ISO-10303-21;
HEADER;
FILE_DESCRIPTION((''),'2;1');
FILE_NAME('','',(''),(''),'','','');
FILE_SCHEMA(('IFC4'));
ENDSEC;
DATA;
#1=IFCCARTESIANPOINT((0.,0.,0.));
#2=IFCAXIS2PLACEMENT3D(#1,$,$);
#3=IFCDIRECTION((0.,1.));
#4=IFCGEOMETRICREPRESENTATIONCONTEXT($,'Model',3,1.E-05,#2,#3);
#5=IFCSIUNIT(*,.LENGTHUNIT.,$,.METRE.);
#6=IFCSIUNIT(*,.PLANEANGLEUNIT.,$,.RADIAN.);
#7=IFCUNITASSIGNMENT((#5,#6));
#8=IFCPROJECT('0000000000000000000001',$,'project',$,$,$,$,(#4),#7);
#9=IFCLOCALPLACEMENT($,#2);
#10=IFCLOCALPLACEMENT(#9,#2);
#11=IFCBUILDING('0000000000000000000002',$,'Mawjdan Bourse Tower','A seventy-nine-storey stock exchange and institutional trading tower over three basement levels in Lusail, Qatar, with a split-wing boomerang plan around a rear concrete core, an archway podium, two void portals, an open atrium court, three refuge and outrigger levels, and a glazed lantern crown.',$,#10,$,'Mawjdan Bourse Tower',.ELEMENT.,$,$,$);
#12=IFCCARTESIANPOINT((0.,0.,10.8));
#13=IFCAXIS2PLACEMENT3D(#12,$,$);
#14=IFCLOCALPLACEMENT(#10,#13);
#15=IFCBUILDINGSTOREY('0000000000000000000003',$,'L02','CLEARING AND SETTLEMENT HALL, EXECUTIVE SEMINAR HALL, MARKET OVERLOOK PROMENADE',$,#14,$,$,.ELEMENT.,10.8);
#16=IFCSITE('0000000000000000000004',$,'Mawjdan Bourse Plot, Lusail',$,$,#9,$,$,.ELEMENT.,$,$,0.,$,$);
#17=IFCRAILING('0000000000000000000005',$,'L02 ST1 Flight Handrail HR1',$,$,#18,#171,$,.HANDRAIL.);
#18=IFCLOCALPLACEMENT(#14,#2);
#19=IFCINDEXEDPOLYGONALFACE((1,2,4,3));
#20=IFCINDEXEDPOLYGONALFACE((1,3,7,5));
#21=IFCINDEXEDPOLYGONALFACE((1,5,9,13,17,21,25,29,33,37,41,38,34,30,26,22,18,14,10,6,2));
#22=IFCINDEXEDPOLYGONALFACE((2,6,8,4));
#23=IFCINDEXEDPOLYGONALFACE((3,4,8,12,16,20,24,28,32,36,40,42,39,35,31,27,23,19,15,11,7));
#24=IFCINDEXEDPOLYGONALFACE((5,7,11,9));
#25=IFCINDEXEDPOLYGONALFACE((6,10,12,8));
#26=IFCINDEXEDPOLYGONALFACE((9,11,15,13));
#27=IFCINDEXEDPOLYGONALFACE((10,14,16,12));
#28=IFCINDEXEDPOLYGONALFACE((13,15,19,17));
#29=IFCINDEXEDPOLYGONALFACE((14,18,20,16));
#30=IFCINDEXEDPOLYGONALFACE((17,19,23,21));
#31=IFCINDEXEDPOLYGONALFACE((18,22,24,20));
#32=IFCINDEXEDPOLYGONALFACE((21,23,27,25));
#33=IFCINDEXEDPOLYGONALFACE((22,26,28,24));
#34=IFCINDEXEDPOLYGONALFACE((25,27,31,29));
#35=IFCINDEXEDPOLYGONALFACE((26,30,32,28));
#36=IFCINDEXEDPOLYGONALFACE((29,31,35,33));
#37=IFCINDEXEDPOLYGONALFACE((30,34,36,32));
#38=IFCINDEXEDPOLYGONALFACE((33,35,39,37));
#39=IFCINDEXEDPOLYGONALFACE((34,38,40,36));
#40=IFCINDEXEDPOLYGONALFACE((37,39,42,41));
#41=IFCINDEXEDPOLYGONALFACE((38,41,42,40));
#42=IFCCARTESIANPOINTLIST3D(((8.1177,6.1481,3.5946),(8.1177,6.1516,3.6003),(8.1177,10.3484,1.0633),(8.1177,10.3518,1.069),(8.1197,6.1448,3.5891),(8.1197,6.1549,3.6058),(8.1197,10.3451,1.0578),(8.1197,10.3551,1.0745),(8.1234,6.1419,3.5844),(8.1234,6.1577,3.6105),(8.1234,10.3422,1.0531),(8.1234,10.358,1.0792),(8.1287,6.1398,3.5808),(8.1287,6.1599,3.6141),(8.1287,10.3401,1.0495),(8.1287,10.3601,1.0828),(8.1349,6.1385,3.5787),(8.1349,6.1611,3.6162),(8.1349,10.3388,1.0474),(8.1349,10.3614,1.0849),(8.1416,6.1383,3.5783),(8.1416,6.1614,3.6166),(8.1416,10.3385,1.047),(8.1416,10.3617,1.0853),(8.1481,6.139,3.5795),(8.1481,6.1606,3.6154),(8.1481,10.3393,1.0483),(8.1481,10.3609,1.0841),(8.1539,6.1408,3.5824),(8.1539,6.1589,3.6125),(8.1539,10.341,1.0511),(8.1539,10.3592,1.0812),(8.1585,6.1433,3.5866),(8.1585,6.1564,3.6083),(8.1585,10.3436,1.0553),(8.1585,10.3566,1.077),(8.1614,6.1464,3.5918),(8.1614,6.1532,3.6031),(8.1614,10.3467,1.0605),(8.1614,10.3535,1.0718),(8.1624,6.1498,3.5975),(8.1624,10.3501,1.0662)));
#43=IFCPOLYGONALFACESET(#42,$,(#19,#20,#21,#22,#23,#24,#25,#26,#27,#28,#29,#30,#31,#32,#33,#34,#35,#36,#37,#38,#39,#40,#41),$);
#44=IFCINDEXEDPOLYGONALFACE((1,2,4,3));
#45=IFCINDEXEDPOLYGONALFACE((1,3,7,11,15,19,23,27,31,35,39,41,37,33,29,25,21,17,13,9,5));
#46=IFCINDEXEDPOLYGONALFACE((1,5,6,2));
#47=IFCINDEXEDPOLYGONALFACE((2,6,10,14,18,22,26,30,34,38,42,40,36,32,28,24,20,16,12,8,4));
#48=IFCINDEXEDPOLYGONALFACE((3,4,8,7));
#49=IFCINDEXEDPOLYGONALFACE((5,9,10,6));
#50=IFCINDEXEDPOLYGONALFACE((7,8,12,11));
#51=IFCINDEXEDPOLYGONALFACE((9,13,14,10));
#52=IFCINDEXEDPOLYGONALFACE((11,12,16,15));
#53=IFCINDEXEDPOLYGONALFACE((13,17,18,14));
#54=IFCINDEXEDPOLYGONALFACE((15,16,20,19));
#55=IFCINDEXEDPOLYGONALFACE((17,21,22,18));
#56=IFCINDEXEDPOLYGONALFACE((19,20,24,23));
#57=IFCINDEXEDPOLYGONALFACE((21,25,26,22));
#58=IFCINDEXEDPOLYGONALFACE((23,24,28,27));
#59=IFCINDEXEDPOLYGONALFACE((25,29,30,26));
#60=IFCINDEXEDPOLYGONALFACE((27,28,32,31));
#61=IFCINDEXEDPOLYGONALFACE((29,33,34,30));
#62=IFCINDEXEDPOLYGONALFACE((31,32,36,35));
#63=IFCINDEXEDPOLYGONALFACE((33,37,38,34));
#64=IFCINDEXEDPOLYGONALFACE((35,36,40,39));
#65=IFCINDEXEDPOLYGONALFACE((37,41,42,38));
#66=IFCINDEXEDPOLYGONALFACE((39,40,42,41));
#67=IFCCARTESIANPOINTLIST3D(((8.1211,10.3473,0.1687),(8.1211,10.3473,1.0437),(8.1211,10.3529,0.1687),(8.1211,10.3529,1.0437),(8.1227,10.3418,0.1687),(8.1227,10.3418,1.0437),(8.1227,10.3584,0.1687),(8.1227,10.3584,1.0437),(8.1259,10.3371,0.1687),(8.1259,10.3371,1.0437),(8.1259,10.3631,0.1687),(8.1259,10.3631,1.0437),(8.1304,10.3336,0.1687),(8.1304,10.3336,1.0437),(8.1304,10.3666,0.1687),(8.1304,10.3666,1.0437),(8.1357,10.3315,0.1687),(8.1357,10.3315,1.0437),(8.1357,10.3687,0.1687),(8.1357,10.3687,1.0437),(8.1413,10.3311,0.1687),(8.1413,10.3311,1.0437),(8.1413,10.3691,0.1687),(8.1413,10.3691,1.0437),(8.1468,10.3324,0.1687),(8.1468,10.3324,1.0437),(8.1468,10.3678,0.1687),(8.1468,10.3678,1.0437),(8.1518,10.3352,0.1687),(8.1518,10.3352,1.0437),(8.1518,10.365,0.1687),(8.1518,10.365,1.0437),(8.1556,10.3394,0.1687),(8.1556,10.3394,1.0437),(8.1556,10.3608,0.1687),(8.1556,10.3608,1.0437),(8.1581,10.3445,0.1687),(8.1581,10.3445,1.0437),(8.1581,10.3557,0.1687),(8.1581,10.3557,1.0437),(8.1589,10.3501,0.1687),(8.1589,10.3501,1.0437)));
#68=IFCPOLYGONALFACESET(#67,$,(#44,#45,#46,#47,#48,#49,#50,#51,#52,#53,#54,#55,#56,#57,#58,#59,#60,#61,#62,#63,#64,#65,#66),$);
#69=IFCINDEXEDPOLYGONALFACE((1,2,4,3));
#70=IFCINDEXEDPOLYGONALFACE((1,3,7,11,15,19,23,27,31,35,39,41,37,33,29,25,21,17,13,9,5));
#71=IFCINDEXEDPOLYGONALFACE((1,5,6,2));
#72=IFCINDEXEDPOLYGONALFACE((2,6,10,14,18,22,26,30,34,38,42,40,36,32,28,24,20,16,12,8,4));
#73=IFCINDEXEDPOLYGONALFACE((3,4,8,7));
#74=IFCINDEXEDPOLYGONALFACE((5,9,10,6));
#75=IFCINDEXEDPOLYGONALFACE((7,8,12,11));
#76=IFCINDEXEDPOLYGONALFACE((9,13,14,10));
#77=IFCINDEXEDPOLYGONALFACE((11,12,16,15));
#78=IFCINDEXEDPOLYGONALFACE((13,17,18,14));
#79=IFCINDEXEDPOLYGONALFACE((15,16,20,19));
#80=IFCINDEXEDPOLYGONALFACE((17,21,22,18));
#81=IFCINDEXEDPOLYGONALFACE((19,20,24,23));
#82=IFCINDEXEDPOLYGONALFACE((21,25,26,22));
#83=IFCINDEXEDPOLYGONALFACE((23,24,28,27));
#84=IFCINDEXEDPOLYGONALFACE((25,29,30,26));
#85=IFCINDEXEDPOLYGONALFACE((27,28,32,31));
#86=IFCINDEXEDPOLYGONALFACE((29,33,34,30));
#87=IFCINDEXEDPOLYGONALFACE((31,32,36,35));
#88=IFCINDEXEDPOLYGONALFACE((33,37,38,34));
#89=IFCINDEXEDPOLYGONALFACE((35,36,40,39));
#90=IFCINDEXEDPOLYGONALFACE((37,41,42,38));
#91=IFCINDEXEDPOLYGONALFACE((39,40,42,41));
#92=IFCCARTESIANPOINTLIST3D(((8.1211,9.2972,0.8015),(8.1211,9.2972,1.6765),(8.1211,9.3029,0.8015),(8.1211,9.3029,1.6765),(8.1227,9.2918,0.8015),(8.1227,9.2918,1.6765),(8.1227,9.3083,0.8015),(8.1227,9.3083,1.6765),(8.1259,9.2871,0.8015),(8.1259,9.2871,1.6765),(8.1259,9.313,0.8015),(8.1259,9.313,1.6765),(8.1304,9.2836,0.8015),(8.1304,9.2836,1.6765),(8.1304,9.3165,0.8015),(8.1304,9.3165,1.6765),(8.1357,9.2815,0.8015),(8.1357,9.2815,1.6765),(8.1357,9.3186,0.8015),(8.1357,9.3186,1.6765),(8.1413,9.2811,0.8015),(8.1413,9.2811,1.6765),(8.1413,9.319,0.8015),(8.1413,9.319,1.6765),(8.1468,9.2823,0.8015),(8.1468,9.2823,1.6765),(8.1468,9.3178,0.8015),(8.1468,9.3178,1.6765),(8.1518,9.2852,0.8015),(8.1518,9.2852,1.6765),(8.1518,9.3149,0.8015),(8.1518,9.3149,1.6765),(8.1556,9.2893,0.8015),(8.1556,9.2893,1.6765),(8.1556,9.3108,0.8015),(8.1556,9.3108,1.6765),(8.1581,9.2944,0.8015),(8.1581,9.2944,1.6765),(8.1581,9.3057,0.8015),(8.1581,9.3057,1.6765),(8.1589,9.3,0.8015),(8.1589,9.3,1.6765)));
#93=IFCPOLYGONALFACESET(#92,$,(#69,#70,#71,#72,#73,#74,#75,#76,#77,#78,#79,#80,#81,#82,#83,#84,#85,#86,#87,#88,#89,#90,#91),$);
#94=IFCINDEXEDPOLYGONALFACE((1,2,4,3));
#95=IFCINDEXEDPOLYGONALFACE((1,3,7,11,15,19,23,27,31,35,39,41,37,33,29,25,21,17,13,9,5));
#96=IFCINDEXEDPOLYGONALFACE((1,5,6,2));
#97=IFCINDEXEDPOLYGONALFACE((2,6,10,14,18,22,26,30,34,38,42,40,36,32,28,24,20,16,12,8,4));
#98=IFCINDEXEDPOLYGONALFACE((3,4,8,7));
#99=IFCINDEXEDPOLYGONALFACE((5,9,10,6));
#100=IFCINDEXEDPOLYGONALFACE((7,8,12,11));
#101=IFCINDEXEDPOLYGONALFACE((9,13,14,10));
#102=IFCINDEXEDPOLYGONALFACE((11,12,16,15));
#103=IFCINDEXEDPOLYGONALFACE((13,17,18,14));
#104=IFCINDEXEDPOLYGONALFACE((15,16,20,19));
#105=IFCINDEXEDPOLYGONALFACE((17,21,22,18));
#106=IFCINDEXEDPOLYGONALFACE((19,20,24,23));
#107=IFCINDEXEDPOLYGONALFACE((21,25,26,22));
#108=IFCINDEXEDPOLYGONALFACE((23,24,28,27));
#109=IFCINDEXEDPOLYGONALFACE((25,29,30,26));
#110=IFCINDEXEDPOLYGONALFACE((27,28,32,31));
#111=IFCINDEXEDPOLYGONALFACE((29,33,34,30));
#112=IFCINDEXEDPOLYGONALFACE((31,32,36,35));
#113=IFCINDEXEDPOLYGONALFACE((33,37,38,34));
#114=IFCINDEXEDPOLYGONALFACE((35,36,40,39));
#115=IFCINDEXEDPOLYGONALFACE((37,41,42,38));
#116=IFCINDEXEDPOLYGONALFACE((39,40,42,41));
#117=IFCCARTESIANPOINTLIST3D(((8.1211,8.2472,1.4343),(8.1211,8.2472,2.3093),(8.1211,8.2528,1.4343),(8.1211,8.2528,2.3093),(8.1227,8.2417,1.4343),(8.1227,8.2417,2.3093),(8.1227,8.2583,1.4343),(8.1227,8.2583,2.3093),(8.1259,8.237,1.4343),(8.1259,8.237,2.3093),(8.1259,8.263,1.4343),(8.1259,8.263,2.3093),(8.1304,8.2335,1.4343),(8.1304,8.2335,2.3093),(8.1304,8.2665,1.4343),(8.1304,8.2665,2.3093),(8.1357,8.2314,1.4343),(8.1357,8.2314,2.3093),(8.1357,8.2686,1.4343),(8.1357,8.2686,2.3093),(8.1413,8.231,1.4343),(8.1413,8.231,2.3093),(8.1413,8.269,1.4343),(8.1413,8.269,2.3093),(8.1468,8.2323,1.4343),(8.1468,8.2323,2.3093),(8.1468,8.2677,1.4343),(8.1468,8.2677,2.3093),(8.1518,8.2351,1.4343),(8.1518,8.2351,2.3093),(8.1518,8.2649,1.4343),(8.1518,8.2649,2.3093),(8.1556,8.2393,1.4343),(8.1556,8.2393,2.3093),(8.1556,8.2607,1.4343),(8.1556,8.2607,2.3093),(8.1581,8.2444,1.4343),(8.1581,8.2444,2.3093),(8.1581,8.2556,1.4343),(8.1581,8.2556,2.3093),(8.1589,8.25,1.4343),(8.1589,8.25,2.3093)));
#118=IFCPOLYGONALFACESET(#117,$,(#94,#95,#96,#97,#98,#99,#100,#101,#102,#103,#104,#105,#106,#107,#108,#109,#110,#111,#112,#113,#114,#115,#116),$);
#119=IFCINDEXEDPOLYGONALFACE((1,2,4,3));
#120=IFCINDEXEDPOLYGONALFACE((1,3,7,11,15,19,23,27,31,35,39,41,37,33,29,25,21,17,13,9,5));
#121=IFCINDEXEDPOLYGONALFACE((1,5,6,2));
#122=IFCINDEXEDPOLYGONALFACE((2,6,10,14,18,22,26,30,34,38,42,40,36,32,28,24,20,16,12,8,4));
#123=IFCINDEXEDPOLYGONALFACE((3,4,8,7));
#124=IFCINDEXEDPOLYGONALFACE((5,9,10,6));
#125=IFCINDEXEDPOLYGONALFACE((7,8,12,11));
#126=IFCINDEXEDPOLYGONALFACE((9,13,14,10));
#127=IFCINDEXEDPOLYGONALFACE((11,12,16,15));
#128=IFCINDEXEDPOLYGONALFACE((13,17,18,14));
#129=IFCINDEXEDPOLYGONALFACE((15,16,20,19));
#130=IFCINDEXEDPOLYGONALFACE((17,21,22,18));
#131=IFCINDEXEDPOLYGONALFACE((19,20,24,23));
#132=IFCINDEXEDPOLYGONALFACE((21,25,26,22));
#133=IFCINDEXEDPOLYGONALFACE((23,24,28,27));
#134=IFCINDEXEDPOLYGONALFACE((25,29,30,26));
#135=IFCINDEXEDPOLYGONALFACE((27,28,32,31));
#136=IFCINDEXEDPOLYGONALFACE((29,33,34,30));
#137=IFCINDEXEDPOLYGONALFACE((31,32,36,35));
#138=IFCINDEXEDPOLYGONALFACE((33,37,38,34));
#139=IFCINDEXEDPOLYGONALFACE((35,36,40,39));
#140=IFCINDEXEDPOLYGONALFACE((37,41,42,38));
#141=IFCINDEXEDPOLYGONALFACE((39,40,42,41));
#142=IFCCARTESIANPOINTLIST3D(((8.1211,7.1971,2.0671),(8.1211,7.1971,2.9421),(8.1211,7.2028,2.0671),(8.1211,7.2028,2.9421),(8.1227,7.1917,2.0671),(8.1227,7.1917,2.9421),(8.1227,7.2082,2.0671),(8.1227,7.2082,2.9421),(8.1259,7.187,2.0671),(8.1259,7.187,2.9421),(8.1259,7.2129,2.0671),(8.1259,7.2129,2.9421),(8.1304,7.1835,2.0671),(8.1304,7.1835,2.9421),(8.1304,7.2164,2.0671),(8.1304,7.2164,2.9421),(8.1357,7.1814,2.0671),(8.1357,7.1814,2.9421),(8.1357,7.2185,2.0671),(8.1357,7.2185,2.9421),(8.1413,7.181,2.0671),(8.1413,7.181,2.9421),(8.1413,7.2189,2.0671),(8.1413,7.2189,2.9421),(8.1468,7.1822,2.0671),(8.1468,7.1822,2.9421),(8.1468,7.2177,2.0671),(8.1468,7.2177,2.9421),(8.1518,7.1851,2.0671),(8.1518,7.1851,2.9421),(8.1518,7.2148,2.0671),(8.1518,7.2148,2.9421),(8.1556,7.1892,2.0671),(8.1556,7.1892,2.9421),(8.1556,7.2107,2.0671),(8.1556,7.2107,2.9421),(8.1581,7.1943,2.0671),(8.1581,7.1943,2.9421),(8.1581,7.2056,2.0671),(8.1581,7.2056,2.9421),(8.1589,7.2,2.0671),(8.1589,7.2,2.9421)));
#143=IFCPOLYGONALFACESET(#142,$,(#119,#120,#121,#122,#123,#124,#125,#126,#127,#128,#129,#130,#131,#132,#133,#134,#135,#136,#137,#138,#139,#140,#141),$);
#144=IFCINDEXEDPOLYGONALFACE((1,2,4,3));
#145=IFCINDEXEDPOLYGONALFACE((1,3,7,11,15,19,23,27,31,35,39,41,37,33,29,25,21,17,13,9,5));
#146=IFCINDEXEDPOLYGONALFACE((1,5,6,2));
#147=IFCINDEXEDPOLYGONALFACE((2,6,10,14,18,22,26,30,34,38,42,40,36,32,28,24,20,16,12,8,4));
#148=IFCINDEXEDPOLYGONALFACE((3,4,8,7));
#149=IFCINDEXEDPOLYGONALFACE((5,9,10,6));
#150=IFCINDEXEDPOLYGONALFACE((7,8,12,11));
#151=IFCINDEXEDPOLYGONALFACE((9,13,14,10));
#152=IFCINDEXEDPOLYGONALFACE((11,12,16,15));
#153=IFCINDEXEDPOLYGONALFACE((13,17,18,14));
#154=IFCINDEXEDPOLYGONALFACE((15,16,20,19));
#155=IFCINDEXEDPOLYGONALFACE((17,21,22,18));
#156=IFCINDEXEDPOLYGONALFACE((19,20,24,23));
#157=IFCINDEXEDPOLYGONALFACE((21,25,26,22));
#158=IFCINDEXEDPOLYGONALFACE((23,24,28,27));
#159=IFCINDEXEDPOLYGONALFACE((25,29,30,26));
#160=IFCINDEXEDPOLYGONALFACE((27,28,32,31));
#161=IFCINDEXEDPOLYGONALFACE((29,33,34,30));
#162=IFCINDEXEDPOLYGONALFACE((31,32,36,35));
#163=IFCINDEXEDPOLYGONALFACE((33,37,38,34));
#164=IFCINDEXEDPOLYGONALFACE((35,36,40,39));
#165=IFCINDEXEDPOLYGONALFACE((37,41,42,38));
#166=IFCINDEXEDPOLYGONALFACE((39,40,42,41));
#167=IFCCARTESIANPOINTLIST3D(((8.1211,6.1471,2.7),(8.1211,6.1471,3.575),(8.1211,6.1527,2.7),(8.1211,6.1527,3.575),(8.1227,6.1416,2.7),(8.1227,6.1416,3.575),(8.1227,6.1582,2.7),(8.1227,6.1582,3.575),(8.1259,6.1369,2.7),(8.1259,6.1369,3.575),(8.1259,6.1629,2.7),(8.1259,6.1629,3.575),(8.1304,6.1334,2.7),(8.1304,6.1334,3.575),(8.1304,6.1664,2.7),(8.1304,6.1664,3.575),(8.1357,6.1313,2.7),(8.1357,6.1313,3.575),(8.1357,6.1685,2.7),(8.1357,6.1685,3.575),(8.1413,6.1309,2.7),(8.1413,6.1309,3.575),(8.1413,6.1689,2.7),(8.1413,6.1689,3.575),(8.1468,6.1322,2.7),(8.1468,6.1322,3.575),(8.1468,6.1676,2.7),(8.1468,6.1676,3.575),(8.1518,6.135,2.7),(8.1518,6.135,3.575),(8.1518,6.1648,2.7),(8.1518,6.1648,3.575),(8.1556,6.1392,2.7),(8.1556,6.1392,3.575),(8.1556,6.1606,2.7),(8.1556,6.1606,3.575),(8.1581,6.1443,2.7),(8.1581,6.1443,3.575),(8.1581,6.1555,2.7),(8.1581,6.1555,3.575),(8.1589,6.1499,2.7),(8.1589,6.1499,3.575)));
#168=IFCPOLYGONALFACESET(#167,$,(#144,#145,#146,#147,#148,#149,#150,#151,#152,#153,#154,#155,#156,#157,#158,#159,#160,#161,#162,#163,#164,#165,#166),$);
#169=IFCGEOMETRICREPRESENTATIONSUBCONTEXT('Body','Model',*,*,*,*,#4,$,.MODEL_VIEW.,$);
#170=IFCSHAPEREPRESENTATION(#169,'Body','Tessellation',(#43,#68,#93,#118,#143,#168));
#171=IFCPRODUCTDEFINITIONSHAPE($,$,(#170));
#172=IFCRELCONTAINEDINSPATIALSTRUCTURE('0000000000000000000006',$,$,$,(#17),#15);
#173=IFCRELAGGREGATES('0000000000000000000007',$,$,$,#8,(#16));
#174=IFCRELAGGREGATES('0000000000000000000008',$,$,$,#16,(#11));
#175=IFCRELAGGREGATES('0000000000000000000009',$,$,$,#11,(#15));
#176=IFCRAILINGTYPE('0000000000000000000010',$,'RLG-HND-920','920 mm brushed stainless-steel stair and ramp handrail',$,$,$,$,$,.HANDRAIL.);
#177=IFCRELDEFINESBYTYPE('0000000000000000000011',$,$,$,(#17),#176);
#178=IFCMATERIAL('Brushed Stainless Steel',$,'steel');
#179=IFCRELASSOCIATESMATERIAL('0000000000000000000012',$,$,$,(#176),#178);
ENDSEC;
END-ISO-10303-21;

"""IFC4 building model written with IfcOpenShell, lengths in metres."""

from ifc_helpers import new_model, si_unit, direction, frame, origin, origin_2d, place, context, subcontext, project, spatial, circle, extrude, material, type_object, element, save


model = new_model("IFC4")

# Units and contexts
model_context = context("Model", 3, precision=1e-05, world=origin(), true_north=direction((0.0, 1.0)))
body_context = subcontext(model_context, "Body", "Model", "MODEL_VIEW")
ifc_project = project(units=[si_unit("LENGTHUNIT", "METRE"), si_unit("PLANEANGLEUNIT", "RADIAN")], contexts=[model_context])

# Site, building, storey
site_placement = place(None, origin())
site = spatial("IfcSite", under=ifc_project, at=site_placement, Name="Mawjdan Bourse Plot, Lusail", CompositionType="ELEMENT", RefElevation=0.0)
building_placement = place(site_placement, origin())
building = spatial("IfcBuilding", under=site, at=building_placement, Name="Mawjdan Bourse Tower", Description="A seventy-nine-storey stock exchange and institutional trading tower over three basement levels in Lusail, Qatar, with a split-wing boomerang plan around a rear concrete core, an archway podium, two void portals, an open atrium court, three refuge and outrigger levels, and a glazed lantern crown.", LongName="Mawjdan Bourse Tower", CompositionType="ELEMENT")
storey_placement = place(building_placement, frame((0.0, 0.0, 10.8)))
storey = spatial("IfcBuildingStorey", under=building, at=storey_placement, Name="L02", Description="CLEARING AND SETTLEMENT HALL, EXECUTIVE SEMINAR HALL, MARKET OVERLOOK PROMENADE", CompositionType="ELEMENT", Elevation=10.8)

# Railing
ifc_material_1 = material(Name="Brushed Stainless Steel", Category="steel")
railing_type_1 = type_object("IfcRailingType", Name="RLG-HND-920", Description="920 mm brushed stainless-steel stair and ramp handrail", PredefinedType="HANDRAIL", material=ifc_material_1)
railing_1_placement = place(storey_placement, frame((8.1399, 10.3501, 0.1687)))
element("IfcRailing", 1, at=railing_1_placement, inside=storey, type_object=railing_type_1, Name="L02 ST1 Flight Handrail HR1", PredefinedType="HANDRAIL", context=body_context, shape_type="SweptSolid", body=[
    extrude(circle(Radius=0.0225, at=origin_2d()), frame((0.0, 0.0, 0.8975), z_axis=(0.0, -0.85649, 0.516164), x_axis=(1.0, 0.0, 0.0)), (0.0, 0.0, 1.0), 4.9041),
    extrude(circle(Radius=0.019, at=origin_2d()), origin(), (0.0, 0.0, 1.0), 0.875),
    extrude(circle(Radius=0.019, at=origin_2d()), frame((0.0, -1.05, 0.6328)), (0.0, 0.0, 1.0), 0.875),
    extrude(circle(Radius=0.019, at=origin_2d()), frame((0.0, -2.1001, 1.2656)), (0.0, 0.0, 1.0), 0.875),
    extrude(circle(Radius=0.019, at=origin_2d()), frame((0.0, -3.1501, 1.8984)), (0.0, 0.0, 1.0), 0.875),
    extrude(circle(Radius=0.019, at=origin_2d()), frame((0.0, -4.2002, 2.5312)), (0.0, 0.0, 1.0), 0.875),
])

save(model, "model.ifc")
